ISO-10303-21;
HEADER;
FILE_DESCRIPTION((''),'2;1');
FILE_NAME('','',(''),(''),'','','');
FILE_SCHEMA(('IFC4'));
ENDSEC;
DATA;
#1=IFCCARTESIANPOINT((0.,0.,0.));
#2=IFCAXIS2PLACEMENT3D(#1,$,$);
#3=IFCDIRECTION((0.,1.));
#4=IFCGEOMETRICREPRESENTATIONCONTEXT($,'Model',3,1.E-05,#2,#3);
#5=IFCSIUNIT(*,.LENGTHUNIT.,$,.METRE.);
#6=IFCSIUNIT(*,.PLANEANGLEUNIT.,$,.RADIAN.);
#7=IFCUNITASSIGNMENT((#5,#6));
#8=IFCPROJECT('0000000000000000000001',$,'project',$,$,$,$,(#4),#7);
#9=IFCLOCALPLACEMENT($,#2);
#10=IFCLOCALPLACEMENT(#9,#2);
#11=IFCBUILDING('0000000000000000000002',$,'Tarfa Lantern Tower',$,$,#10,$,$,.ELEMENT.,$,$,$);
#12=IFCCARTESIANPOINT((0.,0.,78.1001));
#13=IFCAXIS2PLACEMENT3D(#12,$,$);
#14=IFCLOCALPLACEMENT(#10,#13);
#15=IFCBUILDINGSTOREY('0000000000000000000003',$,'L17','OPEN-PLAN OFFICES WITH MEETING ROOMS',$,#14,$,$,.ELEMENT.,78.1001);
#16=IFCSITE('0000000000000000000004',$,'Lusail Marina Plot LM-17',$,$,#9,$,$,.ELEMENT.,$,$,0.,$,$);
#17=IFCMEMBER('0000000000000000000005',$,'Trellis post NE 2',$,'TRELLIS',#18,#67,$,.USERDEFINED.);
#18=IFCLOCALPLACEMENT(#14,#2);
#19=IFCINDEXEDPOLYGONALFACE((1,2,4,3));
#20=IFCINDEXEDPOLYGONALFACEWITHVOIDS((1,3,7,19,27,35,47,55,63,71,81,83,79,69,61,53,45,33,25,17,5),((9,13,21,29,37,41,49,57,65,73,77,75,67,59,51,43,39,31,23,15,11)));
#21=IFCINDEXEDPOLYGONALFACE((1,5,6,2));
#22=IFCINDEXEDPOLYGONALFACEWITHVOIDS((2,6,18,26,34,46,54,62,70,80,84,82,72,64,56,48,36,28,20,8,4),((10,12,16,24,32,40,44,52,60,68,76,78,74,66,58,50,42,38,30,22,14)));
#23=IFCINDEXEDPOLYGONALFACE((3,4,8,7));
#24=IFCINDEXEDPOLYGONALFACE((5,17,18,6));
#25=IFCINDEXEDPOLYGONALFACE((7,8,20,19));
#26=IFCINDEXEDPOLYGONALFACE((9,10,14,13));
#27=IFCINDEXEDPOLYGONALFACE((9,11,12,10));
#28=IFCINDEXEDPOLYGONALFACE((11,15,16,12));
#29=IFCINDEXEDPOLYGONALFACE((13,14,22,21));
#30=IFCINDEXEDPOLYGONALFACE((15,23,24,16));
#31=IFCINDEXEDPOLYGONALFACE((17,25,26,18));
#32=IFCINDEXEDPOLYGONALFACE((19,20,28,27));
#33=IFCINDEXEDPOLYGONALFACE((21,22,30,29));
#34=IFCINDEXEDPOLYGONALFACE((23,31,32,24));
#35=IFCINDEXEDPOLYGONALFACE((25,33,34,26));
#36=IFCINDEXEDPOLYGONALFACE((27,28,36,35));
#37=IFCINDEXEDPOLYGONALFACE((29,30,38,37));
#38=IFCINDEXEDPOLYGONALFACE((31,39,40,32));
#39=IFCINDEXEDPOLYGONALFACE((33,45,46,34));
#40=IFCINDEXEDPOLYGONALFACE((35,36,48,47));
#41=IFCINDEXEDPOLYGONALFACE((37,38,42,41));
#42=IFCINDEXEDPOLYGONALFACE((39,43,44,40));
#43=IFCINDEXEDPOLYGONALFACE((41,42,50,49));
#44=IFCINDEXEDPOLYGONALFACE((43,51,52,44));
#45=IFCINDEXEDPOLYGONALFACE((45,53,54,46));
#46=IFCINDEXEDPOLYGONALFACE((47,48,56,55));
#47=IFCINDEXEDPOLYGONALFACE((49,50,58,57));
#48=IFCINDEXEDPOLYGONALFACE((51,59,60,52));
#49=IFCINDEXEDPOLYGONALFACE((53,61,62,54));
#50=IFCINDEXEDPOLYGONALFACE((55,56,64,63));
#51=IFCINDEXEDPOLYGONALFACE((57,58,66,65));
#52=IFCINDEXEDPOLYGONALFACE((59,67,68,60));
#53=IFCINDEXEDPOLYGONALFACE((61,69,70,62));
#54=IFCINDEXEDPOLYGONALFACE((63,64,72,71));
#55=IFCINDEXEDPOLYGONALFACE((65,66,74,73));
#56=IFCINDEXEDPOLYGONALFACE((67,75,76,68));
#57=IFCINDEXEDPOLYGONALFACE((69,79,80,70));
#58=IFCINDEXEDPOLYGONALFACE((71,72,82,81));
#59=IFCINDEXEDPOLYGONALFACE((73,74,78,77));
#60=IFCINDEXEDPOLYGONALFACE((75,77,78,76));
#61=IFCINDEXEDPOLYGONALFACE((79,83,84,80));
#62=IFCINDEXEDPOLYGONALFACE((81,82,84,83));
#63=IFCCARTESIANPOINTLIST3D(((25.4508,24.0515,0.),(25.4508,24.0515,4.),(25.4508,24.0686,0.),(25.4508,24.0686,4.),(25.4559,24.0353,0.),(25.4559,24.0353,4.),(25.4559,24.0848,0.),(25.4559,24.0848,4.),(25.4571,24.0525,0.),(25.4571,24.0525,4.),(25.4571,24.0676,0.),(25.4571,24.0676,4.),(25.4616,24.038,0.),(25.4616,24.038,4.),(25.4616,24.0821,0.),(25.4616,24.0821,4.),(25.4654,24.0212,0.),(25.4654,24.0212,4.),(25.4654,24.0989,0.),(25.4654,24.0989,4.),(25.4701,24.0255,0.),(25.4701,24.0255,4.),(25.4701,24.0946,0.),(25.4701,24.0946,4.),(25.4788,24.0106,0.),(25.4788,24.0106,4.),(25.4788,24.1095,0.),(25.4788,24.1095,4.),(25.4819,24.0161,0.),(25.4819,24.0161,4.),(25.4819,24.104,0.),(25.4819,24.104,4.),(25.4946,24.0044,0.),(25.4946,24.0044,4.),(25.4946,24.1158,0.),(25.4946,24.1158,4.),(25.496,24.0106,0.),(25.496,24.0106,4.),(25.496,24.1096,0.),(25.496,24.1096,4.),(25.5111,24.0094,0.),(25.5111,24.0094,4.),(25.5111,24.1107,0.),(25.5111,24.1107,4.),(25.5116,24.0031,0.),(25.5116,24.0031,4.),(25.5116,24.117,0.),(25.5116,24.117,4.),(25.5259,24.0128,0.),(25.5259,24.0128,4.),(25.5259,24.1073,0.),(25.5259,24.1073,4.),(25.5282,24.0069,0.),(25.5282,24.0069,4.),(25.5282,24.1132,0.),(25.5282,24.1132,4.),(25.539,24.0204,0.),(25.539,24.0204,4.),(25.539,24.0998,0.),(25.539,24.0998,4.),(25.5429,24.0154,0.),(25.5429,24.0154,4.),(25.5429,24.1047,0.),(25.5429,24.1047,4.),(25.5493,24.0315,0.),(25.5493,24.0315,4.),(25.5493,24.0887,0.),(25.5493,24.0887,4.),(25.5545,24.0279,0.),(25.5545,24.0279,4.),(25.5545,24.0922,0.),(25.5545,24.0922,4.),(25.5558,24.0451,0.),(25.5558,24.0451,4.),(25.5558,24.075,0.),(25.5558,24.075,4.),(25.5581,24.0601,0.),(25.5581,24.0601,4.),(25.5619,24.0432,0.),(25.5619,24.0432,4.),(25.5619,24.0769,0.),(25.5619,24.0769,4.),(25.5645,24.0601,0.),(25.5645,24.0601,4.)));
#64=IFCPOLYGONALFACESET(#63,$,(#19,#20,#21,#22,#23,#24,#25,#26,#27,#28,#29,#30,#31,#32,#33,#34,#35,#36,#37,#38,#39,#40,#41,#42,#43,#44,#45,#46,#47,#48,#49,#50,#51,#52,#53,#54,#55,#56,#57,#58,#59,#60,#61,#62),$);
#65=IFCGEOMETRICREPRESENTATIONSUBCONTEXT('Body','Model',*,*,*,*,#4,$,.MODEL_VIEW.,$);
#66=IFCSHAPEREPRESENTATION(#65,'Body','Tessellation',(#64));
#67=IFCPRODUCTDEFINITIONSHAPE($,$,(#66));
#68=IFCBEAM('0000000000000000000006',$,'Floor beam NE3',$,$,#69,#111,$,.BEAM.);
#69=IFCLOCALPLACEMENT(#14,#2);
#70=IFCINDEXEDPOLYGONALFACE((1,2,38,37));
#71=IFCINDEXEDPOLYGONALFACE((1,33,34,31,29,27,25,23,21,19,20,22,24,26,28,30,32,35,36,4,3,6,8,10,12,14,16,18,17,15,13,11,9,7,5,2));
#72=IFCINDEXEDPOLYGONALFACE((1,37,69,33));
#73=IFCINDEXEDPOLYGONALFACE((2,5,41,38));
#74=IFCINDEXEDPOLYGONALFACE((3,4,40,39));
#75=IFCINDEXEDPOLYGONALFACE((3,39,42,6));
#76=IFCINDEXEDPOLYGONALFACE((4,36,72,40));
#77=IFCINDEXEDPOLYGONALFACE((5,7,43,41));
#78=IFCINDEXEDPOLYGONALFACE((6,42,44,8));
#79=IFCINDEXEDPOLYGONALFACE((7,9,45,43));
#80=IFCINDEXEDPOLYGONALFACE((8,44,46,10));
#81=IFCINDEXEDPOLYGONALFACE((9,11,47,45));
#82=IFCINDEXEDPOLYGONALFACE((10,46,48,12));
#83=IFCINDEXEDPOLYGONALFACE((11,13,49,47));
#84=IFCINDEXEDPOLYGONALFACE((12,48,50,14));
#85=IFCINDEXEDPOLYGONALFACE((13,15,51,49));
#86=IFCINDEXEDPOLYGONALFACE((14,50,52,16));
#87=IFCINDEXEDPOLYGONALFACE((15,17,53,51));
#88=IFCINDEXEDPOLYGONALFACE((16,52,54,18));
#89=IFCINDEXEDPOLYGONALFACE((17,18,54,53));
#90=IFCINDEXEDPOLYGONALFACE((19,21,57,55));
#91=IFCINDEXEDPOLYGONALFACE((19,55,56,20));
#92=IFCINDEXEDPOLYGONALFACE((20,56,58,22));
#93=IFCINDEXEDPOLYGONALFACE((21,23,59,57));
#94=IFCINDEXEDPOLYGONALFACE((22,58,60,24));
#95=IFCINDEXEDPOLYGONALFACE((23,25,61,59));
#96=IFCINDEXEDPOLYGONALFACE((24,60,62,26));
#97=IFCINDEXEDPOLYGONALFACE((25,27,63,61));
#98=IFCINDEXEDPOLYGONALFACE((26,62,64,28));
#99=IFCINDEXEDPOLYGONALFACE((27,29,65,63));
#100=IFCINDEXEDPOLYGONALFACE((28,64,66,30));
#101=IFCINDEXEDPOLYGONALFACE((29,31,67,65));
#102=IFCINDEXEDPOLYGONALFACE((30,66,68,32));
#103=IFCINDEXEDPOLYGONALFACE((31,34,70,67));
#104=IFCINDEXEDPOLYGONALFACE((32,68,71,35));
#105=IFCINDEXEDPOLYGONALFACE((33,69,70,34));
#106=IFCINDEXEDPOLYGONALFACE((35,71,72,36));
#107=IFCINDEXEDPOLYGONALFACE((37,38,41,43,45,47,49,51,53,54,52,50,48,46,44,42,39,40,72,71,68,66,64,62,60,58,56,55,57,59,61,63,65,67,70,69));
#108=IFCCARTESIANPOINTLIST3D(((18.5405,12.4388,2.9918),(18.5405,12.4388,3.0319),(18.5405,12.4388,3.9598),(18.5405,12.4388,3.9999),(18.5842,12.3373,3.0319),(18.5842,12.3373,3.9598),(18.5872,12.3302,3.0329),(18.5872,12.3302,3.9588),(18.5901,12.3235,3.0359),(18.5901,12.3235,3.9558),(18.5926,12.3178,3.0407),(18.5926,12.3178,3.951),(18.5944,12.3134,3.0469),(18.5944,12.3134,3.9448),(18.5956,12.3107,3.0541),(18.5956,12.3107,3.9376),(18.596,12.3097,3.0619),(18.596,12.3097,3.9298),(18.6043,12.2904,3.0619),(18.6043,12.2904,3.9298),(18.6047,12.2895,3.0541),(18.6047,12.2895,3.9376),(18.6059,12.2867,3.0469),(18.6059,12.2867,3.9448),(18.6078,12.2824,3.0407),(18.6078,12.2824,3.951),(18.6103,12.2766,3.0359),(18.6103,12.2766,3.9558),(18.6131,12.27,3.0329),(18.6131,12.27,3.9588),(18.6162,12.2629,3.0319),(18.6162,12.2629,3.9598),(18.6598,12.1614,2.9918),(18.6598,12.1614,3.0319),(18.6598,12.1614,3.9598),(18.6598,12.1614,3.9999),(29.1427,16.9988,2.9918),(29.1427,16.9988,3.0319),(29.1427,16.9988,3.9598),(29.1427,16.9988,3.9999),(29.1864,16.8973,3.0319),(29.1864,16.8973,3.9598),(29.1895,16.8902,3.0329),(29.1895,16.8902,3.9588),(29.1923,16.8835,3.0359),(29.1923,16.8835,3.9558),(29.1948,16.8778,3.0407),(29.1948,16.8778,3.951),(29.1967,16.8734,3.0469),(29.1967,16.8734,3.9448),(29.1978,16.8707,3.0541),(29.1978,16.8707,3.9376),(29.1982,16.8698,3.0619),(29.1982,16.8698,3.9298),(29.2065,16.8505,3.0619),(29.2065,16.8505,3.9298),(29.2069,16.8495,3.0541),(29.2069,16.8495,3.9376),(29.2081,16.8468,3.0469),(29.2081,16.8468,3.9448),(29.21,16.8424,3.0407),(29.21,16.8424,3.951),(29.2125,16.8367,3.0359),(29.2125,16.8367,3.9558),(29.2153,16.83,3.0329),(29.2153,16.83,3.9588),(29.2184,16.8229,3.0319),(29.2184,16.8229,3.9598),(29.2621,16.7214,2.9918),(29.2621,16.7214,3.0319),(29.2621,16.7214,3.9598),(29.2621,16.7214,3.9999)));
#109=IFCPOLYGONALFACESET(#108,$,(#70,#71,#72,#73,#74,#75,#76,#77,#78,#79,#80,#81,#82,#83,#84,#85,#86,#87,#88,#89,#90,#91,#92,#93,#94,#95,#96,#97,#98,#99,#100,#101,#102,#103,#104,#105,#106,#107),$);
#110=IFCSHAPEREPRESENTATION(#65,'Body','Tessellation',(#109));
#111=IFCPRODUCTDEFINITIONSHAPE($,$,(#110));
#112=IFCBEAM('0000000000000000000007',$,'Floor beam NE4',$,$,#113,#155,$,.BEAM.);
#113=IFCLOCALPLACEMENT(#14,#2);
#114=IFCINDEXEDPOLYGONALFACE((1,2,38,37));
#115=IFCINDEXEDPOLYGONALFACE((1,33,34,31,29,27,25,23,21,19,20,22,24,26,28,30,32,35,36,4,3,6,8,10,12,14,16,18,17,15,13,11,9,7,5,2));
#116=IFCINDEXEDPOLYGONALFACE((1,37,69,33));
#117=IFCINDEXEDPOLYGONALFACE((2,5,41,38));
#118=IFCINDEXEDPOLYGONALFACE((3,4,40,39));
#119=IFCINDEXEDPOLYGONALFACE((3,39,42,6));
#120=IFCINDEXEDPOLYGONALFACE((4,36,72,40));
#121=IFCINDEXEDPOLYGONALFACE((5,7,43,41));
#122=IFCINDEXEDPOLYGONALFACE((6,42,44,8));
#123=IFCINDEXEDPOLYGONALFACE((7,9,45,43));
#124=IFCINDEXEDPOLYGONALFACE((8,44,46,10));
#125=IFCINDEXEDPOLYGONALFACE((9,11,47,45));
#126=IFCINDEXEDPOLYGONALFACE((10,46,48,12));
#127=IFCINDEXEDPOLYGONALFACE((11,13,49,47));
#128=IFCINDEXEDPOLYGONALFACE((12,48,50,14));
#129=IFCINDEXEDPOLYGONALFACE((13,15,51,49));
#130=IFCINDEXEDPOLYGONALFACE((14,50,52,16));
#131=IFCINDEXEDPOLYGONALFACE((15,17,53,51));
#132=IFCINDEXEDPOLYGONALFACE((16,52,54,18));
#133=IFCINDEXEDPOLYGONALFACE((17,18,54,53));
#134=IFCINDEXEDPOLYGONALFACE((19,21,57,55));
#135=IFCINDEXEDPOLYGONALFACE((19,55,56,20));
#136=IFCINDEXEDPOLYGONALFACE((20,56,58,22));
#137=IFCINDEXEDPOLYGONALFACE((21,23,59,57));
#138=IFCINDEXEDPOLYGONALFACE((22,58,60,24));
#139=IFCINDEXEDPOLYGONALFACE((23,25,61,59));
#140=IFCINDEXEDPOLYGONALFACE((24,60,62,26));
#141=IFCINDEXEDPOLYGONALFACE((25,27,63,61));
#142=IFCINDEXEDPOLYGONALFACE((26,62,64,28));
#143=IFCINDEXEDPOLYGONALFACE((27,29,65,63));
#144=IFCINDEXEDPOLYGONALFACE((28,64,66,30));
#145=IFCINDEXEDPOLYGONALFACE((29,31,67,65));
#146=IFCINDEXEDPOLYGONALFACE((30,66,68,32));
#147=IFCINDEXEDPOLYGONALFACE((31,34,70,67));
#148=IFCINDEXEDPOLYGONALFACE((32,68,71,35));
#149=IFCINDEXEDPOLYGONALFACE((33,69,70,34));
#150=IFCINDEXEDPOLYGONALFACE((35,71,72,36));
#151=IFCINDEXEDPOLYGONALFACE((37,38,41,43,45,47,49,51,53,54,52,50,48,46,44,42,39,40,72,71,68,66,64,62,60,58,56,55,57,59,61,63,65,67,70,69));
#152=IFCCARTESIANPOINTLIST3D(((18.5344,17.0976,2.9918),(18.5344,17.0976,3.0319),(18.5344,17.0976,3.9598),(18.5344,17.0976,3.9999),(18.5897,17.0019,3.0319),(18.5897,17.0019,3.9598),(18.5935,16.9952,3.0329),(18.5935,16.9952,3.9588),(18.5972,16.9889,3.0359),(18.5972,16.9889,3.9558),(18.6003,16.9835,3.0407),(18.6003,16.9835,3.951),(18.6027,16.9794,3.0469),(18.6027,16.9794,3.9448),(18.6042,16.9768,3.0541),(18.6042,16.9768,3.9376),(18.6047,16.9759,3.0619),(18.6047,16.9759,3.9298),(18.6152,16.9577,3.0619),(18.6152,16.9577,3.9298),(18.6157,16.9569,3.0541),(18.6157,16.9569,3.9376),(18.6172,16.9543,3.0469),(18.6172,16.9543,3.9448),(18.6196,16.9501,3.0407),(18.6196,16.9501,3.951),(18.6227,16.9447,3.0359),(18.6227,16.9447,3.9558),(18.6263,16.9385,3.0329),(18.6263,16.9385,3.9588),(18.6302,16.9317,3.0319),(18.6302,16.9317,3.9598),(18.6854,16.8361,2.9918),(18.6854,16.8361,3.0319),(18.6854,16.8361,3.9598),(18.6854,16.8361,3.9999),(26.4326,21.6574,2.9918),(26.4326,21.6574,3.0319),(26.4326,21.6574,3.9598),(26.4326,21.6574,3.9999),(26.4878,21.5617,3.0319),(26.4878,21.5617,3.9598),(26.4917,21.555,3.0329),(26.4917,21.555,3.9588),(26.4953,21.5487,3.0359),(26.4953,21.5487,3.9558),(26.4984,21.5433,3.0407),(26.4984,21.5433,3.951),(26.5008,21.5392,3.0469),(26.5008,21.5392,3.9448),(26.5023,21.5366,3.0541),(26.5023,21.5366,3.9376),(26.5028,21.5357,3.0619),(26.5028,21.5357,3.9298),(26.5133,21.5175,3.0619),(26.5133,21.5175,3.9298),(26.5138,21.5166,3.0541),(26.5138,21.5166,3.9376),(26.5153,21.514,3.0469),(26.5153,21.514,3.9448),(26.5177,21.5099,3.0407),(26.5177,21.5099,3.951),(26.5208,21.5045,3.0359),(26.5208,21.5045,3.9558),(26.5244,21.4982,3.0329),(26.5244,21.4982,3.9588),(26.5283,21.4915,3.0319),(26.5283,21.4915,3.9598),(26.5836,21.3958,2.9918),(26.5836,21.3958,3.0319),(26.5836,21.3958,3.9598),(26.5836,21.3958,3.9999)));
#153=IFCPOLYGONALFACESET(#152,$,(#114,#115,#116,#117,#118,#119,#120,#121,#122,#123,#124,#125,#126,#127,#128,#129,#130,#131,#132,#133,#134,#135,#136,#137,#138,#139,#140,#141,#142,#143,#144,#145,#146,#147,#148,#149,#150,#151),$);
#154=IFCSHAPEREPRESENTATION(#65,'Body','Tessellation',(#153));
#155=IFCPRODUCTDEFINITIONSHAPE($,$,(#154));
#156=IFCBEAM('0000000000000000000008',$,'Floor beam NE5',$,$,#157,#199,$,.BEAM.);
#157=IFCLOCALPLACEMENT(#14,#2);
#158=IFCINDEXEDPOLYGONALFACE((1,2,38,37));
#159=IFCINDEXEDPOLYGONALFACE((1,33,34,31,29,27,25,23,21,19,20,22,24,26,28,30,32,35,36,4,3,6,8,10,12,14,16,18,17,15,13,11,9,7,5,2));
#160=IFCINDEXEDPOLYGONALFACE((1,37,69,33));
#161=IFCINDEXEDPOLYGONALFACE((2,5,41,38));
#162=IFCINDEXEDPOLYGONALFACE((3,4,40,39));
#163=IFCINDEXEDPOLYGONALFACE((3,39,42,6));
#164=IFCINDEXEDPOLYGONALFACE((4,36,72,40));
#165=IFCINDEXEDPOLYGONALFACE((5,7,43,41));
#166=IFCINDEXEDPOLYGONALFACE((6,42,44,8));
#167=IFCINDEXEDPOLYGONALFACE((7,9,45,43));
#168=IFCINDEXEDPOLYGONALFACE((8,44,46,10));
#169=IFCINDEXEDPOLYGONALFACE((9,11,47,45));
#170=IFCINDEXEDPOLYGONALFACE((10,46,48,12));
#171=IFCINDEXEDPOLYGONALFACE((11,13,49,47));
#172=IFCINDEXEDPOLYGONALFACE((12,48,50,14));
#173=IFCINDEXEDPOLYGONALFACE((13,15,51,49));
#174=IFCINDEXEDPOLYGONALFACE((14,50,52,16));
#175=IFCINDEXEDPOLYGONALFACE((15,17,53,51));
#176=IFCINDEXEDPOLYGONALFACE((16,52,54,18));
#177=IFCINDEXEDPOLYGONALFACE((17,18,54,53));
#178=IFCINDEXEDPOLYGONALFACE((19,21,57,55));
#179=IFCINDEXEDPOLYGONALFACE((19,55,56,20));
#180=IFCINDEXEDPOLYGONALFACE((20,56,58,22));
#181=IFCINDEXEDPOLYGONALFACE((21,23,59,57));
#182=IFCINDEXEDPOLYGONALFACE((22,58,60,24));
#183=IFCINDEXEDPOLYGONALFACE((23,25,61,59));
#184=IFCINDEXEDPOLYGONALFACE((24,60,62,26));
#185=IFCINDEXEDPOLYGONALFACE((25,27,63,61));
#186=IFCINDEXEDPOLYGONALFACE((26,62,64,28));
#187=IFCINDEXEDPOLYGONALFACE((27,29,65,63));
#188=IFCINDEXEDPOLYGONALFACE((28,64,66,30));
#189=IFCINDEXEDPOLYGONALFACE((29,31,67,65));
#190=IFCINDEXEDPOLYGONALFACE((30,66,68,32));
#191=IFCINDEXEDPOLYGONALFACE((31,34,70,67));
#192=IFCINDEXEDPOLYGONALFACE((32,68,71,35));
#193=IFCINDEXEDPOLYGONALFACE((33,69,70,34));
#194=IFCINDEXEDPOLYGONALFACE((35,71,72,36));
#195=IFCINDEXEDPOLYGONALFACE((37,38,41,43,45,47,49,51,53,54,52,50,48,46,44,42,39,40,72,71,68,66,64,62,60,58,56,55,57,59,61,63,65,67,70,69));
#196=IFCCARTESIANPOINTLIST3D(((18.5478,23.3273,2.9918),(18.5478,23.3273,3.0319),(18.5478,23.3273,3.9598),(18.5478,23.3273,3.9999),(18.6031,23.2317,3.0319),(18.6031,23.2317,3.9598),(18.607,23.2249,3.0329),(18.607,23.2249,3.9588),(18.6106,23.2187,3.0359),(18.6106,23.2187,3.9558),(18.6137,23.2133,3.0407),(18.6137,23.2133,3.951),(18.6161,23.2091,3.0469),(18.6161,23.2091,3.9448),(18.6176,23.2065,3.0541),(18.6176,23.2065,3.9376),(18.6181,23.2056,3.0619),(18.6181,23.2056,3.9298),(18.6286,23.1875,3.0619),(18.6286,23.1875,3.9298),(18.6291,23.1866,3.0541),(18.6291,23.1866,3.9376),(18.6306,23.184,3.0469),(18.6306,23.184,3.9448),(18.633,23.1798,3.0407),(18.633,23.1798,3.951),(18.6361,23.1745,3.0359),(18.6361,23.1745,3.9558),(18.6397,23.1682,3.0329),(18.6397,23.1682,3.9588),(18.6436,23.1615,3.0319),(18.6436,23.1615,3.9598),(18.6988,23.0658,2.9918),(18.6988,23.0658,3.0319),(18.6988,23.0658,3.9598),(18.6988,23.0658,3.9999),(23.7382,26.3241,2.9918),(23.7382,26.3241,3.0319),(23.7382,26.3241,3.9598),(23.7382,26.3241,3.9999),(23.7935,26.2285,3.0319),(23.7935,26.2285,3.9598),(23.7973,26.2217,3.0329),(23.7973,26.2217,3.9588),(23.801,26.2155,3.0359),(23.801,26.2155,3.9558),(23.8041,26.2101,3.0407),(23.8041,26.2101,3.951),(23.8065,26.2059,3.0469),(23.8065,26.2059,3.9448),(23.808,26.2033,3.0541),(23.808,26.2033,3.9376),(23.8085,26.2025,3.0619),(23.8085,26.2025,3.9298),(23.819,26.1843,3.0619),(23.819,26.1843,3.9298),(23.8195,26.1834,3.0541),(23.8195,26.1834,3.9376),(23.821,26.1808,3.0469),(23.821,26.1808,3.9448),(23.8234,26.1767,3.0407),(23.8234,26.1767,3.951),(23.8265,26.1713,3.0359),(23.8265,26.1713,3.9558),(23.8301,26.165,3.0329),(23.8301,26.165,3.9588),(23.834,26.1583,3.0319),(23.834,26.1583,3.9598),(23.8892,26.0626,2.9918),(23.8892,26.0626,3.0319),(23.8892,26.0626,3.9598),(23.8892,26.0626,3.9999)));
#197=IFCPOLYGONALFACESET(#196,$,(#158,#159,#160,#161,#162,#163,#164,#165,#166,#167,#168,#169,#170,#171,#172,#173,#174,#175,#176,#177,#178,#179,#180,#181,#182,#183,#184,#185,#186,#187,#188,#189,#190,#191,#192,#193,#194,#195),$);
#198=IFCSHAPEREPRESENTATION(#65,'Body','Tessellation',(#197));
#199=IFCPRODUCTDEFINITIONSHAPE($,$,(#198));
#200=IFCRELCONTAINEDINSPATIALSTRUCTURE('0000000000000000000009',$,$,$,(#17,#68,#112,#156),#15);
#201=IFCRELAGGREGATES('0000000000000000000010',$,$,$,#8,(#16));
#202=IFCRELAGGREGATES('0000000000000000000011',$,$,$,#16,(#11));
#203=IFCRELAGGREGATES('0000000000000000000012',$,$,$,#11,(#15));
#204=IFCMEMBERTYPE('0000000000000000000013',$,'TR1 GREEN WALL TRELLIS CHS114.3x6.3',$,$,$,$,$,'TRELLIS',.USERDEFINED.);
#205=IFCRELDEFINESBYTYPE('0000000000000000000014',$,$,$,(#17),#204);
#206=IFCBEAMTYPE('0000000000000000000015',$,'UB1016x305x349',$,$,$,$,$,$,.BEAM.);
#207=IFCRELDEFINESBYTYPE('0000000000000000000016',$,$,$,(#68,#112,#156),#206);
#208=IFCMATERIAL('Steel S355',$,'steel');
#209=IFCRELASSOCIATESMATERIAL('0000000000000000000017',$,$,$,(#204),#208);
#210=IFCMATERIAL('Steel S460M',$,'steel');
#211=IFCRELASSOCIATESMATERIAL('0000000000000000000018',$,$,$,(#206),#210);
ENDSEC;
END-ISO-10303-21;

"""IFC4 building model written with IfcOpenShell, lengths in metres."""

from ifc_helpers import new_model, si_unit, direction, frame, origin, origin_2d, place, context, subcontext, project, spatial, hollow_circle, i_section, extrude, material, material_profile, profile_set, type_object, element, save


model = new_model("IFC4")

# Units and contexts
model_context = context("Model", 3, precision=1e-05, world=origin(), true_north=direction((0.0, 1.0)))
body_context = subcontext(model_context, "Body", "Model", "MODEL_VIEW")
ifc_project = project(units=[si_unit("LENGTHUNIT", "METRE"), si_unit("PLANEANGLEUNIT", "RADIAN")], contexts=[model_context])

# Site, building, storey
site_placement = place(None, origin())
site = spatial("IfcSite", under=ifc_project, at=site_placement, Name="Lusail Marina Plot LM-17", CompositionType="ELEMENT", RefElevation=0.0)
building_placement = place(site_placement, origin())
building = spatial("IfcBuilding", under=site, at=building_placement, Name="Tarfa Lantern Tower", CompositionType="ELEMENT")
storey_placement = place(building_placement, frame((0.0, 0.0, 78.1001)))
storey = spatial("IfcBuildingStorey", under=building, at=storey_placement, Name="L17", Description="OPEN-PLAN OFFICES WITH MEETING ROOMS", CompositionType="ELEMENT", Elevation=78.1001)

# Member
ifc_material_1 = material(Name="Steel S355", Category="steel")
ifc_material_profile_1 = material_profile(ifc_material_1, hollow_circle(Radius=0.0571, WallThickness=0.0063, at=origin_2d()), Name="CHS114.3x6.3")
ifc_profile_set_1 = profile_set([ifc_material_profile_1], Name="Steel S355")
member_type_1 = type_object("IfcMemberType", Name="TR1 GREEN WALL TRELLIS CHS114.3x6.3", ElementType="TRELLIS", PredefinedType="USERDEFINED", material=ifc_profile_set_1)
member_1_placement = place(storey_placement, frame((25.5073, 24.0601, 0.0), z_axis=(0.0, 0.0, 1.0), x_axis=(1.0, 0.0, 0.0)))
element("IfcMember", 1, at=member_1_placement, inside=storey, type_object=member_type_1, Name="Trellis post NE 2", ObjectType="TRELLIS", PredefinedType="USERDEFINED", context=body_context, shape_type="SweptSolid", body=[
    extrude(hollow_circle(Radius=0.0571, WallThickness=0.0063, at=origin_2d()), origin(), (0.0, 0.0, 1.0), 4.0),
])

# Beams
ifc_material_2 = material(Name="Steel S460M", Category="steel")
ifc_material_profile_2 = material_profile(ifc_material_2, i_section(OverallWidth=0.302, OverallDepth=1.0081, WebThickness=0.021, FlangeThickness=0.04, FilletRadius=0.03, at=origin_2d()), Name="UB1016x305x349")
ifc_profile_set_2 = profile_set([ifc_material_profile_2], Name="Steel S460M")
beam_type_1 = type_object("IfcBeamType", Name="UB1016x305x349", PredefinedType="BEAM", material=ifc_profile_set_2)
beam_1_placement = place(storey_placement, frame((29.2024, 16.8601, 3.4958), z_axis=(-0.918635, -0.395106, 0.0), x_axis=(0.395106, -0.918635, 0.0)))
element("IfcBeam", 2, at=beam_1_placement, inside=storey, type_object=beam_type_1, Name="Floor beam NE3", PredefinedType="BEAM", context=body_context, shape_type="SweptSolid", body=[
    extrude(i_section(OverallWidth=0.302, OverallDepth=1.0081, WebThickness=0.021, FlangeThickness=0.04, FilletRadius=0.03, at=origin_2d()), origin(), (0.0, 0.0, 1.0), 11.5413),
])
beam_2_placement = place(storey_placement, frame((26.5081, 21.5266, 3.4958), z_axis=(-0.866035, -0.499983, 0.0), x_axis=(0.499983, -0.866035, 0.0)))
element("IfcBeam", 3, at=beam_2_placement, inside=storey, type_object=beam_type_1, Name="Floor beam NE4", PredefinedType="BEAM", context=body_context, shape_type="SweptSolid", body=[
    extrude(i_section(OverallWidth=0.302, OverallDepth=1.0081, WebThickness=0.021, FlangeThickness=0.04, FilletRadius=0.03, at=origin_2d()), origin(), (0.0, 0.0, 1.0), 9.1199),
])
beam_3_placement = place(storey_placement, frame((23.8137, 26.1934, 3.4958), z_axis=(-0.866016, -0.500016, 0.0), x_axis=(0.500016, -0.866016, 0.0)))
element("IfcBeam", 4, at=beam_3_placement, inside=storey, type_object=beam_type_1, Name="Floor beam NE5", PredefinedType="BEAM", context=body_context, shape_type="SweptSolid", body=[
    extrude(i_section(OverallWidth=0.302, OverallDepth=1.0081, WebThickness=0.021, FlangeThickness=0.04, FilletRadius=0.03, at=origin_2d()), origin(), (0.0, 0.0, 1.0), 5.9934),
])

save(model, "model.ifc")
